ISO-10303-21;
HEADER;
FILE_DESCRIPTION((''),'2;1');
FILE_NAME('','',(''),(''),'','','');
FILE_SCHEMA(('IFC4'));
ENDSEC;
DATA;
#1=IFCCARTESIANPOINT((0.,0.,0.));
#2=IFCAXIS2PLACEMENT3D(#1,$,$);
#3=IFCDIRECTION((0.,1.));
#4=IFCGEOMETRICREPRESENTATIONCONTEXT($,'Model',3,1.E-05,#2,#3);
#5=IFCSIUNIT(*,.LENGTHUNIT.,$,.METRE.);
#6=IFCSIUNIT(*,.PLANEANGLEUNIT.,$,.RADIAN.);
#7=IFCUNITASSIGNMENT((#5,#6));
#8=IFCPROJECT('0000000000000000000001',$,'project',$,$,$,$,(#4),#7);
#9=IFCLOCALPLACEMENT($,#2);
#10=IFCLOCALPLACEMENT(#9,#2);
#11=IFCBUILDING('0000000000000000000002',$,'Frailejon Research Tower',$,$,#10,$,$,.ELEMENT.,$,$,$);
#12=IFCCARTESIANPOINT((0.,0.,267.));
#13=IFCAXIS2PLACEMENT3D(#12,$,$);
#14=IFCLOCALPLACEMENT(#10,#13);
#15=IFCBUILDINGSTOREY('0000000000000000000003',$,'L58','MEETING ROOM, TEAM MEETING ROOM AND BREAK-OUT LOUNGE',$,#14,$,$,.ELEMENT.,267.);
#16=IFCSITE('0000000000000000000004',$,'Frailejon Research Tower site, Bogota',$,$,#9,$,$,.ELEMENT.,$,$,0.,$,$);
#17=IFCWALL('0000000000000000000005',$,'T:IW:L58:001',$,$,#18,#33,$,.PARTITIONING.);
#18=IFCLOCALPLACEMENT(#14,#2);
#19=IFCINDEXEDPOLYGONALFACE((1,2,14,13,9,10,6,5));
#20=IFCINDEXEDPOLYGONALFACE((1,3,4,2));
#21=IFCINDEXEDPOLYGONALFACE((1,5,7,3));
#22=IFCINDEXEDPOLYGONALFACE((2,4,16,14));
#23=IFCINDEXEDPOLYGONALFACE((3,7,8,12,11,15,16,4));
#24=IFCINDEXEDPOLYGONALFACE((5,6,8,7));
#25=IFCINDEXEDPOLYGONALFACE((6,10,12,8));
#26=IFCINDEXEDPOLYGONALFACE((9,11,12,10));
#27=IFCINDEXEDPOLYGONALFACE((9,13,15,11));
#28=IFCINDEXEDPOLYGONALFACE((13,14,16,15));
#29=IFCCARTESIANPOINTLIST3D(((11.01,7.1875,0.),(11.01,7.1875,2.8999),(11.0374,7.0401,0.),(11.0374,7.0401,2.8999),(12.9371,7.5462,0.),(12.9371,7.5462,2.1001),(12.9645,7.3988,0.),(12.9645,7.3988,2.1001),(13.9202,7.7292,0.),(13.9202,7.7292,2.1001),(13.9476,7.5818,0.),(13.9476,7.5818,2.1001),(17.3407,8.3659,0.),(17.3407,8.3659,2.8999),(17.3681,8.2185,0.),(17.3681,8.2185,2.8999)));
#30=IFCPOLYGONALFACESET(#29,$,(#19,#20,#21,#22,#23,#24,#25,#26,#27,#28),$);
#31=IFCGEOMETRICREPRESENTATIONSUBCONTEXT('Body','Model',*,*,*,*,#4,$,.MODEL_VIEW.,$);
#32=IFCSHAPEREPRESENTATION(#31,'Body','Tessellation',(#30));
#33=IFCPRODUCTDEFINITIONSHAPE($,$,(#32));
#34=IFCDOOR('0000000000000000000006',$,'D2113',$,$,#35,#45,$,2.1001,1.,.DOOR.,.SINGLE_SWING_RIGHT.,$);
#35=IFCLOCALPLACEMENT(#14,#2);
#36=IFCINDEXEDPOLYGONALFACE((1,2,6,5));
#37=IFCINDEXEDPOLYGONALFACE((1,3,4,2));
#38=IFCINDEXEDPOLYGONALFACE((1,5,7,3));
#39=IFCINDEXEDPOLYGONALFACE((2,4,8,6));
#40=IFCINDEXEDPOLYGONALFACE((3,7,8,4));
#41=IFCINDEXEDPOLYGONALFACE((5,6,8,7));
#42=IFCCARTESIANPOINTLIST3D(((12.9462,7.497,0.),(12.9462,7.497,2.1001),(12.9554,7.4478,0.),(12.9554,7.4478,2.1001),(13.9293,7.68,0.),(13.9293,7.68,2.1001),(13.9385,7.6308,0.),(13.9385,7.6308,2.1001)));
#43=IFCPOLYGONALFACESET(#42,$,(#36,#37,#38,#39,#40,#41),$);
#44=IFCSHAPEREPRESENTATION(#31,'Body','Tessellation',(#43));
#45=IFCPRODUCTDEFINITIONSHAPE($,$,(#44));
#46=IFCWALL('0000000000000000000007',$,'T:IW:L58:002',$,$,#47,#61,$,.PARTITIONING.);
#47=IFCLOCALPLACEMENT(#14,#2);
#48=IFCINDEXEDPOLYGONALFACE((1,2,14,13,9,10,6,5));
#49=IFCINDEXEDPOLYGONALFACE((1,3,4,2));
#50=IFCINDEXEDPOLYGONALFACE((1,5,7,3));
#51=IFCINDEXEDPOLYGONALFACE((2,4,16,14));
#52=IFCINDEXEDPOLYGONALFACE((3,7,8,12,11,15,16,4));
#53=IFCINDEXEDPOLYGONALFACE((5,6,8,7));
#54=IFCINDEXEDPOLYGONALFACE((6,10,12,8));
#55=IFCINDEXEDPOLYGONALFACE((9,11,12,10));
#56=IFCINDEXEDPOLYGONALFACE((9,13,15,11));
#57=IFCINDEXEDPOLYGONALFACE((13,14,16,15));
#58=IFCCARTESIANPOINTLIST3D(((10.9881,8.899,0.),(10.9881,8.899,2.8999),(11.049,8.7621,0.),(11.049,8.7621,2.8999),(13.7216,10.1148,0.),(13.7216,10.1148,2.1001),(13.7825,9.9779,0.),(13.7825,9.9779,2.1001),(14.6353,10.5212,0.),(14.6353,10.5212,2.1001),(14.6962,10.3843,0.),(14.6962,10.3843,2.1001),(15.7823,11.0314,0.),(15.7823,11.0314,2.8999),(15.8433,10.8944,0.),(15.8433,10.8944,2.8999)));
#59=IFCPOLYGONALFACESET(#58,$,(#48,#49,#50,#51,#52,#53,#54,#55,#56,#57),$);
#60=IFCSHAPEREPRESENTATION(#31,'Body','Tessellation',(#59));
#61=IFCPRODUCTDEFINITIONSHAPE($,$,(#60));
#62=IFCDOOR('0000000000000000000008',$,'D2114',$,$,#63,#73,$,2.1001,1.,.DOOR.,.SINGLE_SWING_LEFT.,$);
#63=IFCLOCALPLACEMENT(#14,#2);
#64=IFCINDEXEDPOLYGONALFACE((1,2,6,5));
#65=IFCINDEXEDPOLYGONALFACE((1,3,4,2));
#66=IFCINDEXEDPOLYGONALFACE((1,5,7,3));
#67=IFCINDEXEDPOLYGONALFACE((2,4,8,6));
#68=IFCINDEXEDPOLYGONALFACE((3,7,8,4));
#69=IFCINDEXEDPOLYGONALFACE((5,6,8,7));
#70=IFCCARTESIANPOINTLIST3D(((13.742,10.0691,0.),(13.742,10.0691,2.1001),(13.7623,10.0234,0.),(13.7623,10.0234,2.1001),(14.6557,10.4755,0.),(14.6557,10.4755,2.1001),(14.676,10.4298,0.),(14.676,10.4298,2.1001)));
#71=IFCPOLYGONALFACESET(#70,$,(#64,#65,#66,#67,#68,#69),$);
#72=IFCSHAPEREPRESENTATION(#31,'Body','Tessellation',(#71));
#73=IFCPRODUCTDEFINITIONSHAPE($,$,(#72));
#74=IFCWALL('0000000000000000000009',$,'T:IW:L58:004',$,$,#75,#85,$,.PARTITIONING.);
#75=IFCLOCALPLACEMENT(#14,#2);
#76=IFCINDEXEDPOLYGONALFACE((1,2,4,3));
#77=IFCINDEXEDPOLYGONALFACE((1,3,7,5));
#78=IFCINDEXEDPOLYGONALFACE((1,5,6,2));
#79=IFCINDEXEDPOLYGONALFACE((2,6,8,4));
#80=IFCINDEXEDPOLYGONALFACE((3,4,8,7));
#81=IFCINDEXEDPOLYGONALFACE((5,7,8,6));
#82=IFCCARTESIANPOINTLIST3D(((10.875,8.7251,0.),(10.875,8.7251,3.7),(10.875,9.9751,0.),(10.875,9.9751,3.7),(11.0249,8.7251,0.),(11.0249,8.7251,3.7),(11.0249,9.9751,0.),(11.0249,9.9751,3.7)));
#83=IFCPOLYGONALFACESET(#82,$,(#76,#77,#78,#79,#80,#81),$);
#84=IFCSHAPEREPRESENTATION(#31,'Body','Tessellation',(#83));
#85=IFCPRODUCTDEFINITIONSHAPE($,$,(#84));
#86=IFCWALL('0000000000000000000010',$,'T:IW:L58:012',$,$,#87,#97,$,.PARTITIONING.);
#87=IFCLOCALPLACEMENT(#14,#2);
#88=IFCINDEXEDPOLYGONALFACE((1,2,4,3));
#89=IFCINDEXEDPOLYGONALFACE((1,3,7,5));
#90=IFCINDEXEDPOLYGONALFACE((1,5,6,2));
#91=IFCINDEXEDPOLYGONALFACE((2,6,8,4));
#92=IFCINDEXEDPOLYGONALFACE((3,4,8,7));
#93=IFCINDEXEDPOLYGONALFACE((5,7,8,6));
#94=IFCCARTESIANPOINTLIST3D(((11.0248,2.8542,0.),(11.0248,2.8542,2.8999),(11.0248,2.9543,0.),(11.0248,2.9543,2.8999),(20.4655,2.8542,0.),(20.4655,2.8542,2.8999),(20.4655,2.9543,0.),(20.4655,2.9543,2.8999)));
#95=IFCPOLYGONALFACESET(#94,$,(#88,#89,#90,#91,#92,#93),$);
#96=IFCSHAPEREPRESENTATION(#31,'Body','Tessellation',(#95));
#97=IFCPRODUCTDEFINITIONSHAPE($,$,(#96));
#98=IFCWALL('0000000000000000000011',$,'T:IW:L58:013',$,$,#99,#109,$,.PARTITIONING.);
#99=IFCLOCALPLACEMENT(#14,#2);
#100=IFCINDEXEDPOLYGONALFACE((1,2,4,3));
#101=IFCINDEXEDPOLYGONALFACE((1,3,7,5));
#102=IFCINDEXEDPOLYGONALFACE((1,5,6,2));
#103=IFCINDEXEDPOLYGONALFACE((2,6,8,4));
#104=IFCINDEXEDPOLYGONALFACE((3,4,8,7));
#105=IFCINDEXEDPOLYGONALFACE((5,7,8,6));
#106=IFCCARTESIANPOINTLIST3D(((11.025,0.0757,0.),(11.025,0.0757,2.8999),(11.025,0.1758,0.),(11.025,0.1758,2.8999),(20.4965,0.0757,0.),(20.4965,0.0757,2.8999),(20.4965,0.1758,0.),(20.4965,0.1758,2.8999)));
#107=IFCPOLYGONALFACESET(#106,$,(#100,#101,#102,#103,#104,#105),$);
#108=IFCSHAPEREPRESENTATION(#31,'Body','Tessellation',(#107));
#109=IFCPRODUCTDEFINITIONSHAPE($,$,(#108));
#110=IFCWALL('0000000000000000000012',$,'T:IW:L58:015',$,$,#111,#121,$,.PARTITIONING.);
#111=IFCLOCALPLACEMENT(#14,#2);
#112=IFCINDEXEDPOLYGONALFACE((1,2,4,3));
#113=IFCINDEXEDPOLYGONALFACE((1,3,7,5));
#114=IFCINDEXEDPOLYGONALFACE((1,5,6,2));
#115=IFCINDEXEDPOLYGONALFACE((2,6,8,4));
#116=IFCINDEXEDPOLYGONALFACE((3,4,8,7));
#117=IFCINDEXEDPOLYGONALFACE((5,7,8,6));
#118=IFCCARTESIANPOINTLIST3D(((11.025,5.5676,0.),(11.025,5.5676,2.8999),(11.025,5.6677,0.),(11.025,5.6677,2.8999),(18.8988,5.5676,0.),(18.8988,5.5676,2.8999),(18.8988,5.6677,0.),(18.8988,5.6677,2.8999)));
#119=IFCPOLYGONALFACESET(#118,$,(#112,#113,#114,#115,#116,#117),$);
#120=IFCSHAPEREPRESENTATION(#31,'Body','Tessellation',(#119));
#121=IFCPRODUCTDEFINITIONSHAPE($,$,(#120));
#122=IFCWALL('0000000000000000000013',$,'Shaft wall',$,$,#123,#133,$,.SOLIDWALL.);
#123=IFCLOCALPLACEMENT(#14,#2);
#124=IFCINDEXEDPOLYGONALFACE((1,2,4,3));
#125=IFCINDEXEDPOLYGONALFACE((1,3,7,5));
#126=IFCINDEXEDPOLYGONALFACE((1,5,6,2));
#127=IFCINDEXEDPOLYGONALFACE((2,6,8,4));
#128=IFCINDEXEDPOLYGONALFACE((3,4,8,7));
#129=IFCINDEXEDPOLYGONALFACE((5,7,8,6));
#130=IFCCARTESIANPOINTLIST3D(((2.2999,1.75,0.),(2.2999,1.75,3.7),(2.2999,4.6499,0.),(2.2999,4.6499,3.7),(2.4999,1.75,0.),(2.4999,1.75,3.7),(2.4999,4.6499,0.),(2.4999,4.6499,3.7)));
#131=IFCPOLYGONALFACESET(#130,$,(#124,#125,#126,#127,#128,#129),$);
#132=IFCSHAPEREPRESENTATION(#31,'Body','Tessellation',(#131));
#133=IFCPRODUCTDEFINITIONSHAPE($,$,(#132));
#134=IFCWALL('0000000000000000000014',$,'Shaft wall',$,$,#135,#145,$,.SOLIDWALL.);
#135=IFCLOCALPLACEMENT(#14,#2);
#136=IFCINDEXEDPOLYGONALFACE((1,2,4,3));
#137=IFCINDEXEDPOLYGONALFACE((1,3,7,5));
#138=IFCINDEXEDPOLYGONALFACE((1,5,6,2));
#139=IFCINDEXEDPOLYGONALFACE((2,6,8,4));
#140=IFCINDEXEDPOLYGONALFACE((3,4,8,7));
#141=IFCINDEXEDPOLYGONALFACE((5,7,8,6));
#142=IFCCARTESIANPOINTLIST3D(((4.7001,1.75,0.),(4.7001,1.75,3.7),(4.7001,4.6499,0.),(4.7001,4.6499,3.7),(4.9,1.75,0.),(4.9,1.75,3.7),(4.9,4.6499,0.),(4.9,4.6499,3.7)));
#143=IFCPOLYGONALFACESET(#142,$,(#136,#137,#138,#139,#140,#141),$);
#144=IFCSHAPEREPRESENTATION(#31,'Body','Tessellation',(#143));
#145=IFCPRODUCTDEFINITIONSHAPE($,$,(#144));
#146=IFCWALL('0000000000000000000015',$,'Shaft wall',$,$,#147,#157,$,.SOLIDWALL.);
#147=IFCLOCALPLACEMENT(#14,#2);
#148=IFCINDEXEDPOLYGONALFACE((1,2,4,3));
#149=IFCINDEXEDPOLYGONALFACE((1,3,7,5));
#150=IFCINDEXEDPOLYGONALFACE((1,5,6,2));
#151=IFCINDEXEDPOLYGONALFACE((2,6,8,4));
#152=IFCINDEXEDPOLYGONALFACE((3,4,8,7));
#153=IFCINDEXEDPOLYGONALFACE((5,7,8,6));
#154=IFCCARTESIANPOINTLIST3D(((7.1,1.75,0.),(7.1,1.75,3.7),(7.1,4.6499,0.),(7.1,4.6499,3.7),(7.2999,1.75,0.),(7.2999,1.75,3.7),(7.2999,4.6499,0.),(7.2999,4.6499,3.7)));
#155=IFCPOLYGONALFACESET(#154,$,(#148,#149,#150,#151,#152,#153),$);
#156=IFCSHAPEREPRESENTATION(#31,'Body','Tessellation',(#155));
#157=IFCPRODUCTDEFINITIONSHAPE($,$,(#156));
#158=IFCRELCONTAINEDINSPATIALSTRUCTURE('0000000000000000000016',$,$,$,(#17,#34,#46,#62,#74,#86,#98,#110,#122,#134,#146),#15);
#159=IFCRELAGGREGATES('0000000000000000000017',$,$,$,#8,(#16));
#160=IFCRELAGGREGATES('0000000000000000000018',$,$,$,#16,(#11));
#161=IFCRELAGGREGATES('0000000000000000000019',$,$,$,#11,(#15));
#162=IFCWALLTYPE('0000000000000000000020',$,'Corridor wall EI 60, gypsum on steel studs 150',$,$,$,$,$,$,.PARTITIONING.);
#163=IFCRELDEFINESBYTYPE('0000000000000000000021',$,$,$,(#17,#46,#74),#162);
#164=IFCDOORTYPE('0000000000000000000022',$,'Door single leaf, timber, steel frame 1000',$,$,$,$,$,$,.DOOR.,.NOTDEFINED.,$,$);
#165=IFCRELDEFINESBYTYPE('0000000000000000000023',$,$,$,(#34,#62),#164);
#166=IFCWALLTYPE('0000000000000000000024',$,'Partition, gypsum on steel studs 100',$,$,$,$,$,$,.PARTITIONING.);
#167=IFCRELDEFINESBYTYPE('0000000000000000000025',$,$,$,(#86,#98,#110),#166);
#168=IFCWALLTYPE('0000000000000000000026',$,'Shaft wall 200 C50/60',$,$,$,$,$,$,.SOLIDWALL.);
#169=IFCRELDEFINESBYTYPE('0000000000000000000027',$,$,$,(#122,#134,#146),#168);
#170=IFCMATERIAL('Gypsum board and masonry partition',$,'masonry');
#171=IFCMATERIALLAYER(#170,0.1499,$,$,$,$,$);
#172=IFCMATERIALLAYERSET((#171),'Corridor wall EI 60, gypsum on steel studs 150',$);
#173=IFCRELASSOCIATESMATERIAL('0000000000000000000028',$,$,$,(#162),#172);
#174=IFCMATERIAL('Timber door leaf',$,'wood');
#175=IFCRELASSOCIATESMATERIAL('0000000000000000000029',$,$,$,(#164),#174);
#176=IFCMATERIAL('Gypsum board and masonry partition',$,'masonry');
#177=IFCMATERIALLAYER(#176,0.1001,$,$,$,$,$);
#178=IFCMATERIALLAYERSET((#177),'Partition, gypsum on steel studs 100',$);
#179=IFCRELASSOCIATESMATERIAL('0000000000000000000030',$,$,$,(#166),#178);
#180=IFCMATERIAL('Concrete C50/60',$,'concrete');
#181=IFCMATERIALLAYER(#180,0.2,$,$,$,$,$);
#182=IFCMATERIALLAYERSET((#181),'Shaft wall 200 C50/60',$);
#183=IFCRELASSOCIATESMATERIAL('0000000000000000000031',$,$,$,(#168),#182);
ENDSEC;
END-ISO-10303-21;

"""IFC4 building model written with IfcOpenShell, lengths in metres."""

from ifc_helpers import new_model, si_unit, direction, frame, frame_2d, origin, place, context, subcontext, project, spatial, rectangle, extrude, material, layer, layer_set, type_object, element, fill, save


model = new_model("IFC4")

# Units and contexts
model_context = context("Model", 3, precision=1e-05, world=origin(), true_north=direction((0.0, 1.0)))
body_context = subcontext(model_context, "Body", "Model", "MODEL_VIEW")
ifc_project = project(units=[si_unit("LENGTHUNIT", "METRE"), si_unit("PLANEANGLEUNIT", "RADIAN")], contexts=[model_context])

# Site, building, storey
site_placement = place(None, origin())
site = spatial("IfcSite", under=ifc_project, at=site_placement, Name="Frailejon Research Tower site, Bogota", CompositionType="ELEMENT", RefElevation=0.0)
building_placement = place(site_placement, origin())
building = spatial("IfcBuilding", under=site, at=building_placement, Name="Frailejon Research Tower", CompositionType="ELEMENT")
storey_placement = place(building_placement, frame((0.0, 0.0, 267.0)))
storey = spatial("IfcBuildingStorey", under=building, at=storey_placement, Name="L58", Description="MEETING ROOM, TEAM MEETING ROOM AND BREAK-OUT LOUNGE", CompositionType="ELEMENT", Elevation=267.0)

# Walls, openings, doors
ifc_material_1 = material(Name="Gypsum board and masonry partition", Category="masonry")
ifc_layer_1 = layer(ifc_material_1, 0.1499)
ifc_layer_set_1 = layer_set([ifc_layer_1], Name="Corridor wall EI 60, gypsum on steel studs 150")
wall_type_1 = type_object("IfcWallType", Name="Corridor wall EI 60, gypsum on steel studs 150", PredefinedType="PARTITIONING", material=ifc_layer_set_1)
wall_1_placement = place(storey_placement, frame((11.0237, 7.1138, 0.0), z_axis=(0.0, 0.0, 1.0), x_axis=(0.983112, 0.183004, 0.0)))
wall_1 = element("IfcWall", 1, at=wall_1_placement, inside=storey, type_object=wall_type_1, Name="T:IW:L58:001", PredefinedType="PARTITIONING", context=body_context, shape_type="SweptSolid", body=[
    extrude(rectangle(XDim=6.4395, YDim=0.1499, at=frame_2d((3.2197, 0.0))), origin(), (0.0, 0.0, 1.0), 2.8999),
])
opening_1_placement = place(wall_1_placement, frame((1.9602, 0.0, 0.0)))
opening_1 = element("IfcOpeningElement", 2, at=opening_1_placement, cuts=wall_1, PredefinedType="OPENING", context=body_context, shape_type="SweptSolid", body=[
    extrude(rectangle(XDim=1.0, YDim=2.1001, at=frame_2d((0.5, 1.05))), frame((0.0, 0.085, 0.0), z_axis=(0.0, -1.0, 0.0), x_axis=(1.0, 0.0, 0.0)), (0.0, 0.0, 1.0), 0.1699),
])
ifc_material_2 = material(Name="Timber door leaf", Category="wood")
door_type_1 = type_object("IfcDoorType", Name="Door single leaf, timber, steel frame 1000", OperationType="NOTDEFINED", PredefinedType="DOOR", material=ifc_material_2)
door_1_placement = place(opening_1_placement, origin())
door_1 = element("IfcDoor", 3, at=door_1_placement, inside=storey, type_object=door_type_1, Name="D2113", OperationType="SINGLE_SWING_RIGHT", OverallHeight=2.1001, OverallWidth=1.0, PredefinedType="DOOR", context=body_context, shape_type="SweptSolid", body=[
    extrude(rectangle(XDim=1.0, YDim=2.1001, at=frame_2d((0.5, 1.05))), frame((0.0, 0.0249, 0.0), z_axis=(0.0, -1.0, 0.0), x_axis=(1.0, 0.0, 0.0)), (0.0, 0.0, 1.0), 0.05),
])
fill(opening_1, door_1)
wall_2_placement = place(storey_placement, frame((11.0186, 8.8306, 0.0), z_axis=(0.0, 0.0, 1.0), x_axis=(0.9137, 0.406389, 0.0)))
wall_2 = element("IfcWall", 4, at=wall_2_placement, inside=storey, type_object=wall_type_1, Name="T:IW:L58:002", PredefinedType="PARTITIONING", context=body_context, shape_type="SweptSolid", body=[
    extrude(rectangle(XDim=5.2471, YDim=0.1499, at=frame_2d((2.6235, 0.0))), origin(), (0.0, 0.0, 1.0), 2.8999),
])
opening_2_placement = place(wall_2_placement, frame((2.9917, 0.0, 0.0)))
opening_2 = element("IfcOpeningElement", 5, at=opening_2_placement, cuts=wall_2, PredefinedType="OPENING", context=body_context, shape_type="SweptSolid", body=[
    extrude(rectangle(XDim=1.0, YDim=2.1001, at=frame_2d((0.5, 1.05))), frame((0.0, 0.085, 0.0), z_axis=(0.0, -1.0, 0.0), x_axis=(1.0, 0.0, 0.0)), (0.0, 0.0, 1.0), 0.1699),
])
door_2_placement = place(opening_2_placement, origin())
door_2 = element("IfcDoor", 6, at=door_2_placement, inside=storey, type_object=door_type_1, Name="D2114", OperationType="SINGLE_SWING_LEFT", OverallHeight=2.1001, OverallWidth=1.0, PredefinedType="DOOR", context=body_context, shape_type="SweptSolid", body=[
    extrude(rectangle(XDim=1.0, YDim=2.1001, at=frame_2d((0.5, 1.05))), frame((0.0, 0.0249, 0.0), z_axis=(0.0, -1.0, 0.0), x_axis=(1.0, 0.0, 0.0)), (0.0, 0.0, 1.0), 0.05),
])
fill(opening_2, door_2)

# Walls
wall_3_placement = place(storey_placement, frame((10.95, 8.7251, 0.0), z_axis=(0.0, 0.0, 1.0), x_axis=(0.0, 1.0, 0.0)))
element("IfcWall", 7, at=wall_3_placement, inside=storey, type_object=wall_type_1, Name="T:IW:L58:004", PredefinedType="PARTITIONING", context=body_context, shape_type="SweptSolid", body=[
    extrude(rectangle(XDim=1.25, YDim=0.1499, at=frame_2d((0.625, 0.0))), origin(), (0.0, 0.0, 1.0), 3.7),
])
ifc_material_3 = material(Name="Gypsum board and masonry partition", Category="masonry")
ifc_layer_2 = layer(ifc_material_3, 0.1001)
ifc_layer_set_2 = layer_set([ifc_layer_2], Name="Partition, gypsum on steel studs 100")
wall_type_2 = type_object("IfcWallType", Name="Partition, gypsum on steel studs 100", PredefinedType="PARTITIONING", material=ifc_layer_set_2)
wall_4_placement = place(storey_placement, frame((11.0249, 2.9043, 0.0), z_axis=(0.0, 0.0, 1.0), x_axis=(1.0, 0.0, 0.0)))
element("IfcWall", 8, at=wall_4_placement, inside=storey, type_object=wall_type_2, Name="T:IW:L58:012", PredefinedType="PARTITIONING", context=body_context, shape_type="SweptSolid", body=[
    extrude(rectangle(XDim=9.4407, YDim=0.1001, at=frame_2d((4.7202, 0.0))), origin(), (0.0, 0.0, 1.0), 2.8999),
])
wall_5_placement = place(storey_placement, frame((11.0249, 0.1257, 0.0), z_axis=(0.0, 0.0, 1.0), x_axis=(1.0, 0.0, 0.0)))
element("IfcWall", 9, at=wall_5_placement, inside=storey, type_object=wall_type_2, Name="T:IW:L58:013", PredefinedType="PARTITIONING", context=body_context, shape_type="SweptSolid", body=[
    extrude(rectangle(XDim=9.4714, YDim=0.1001, at=frame_2d((4.7358, 0.0))), origin(), (0.0, 0.0, 1.0), 2.8999),
])
wall_6_placement = place(storey_placement, frame((11.0249, 5.6177, 0.0), z_axis=(0.0, 0.0, 1.0), x_axis=(1.0, 0.0, 0.0)))
element("IfcWall", 10, at=wall_6_placement, inside=storey, type_object=wall_type_2, Name="T:IW:L58:015", PredefinedType="PARTITIONING", context=body_context, shape_type="SweptSolid", body=[
    extrude(rectangle(XDim=7.8738, YDim=0.1001, at=frame_2d((3.937, 0.0))), origin(), (0.0, 0.0, 1.0), 2.8999),
])
ifc_material_4 = material(Name="Concrete C50/60", Category="concrete")
ifc_layer_3 = layer(ifc_material_4, 0.2)
ifc_layer_set_3 = layer_set([ifc_layer_3], Name="Shaft wall 200 C50/60")
wall_type_3 = type_object("IfcWallType", Name="Shaft wall 200 C50/60", PredefinedType="SOLIDWALL", material=ifc_layer_set_3)
for number, where, z_axis, x_axis, name in (
    (11, (2.3999, 1.75, 0.0), (0.0, 0.0, 1.0), (0.0, 1.0, 0.0), "Shaft wall"),
    (12, (4.8, 1.75, 0.0), (0.0, 0.0, 1.0), (0.0, 1.0, 0.0), "Shaft wall"),
    (13, (7.2, 1.75, 0.0), (0.0, 0.0, 1.0), (0.0, 1.0, 0.0), "Shaft wall"),
):
    element("IfcWall", number, at=place(storey_placement, frame(where, z_axis=z_axis, x_axis=x_axis)), inside=storey, type_object=wall_type_3, Name=name, PredefinedType="SOLIDWALL", context=body_context, shape_type="SweptSolid", body=[
        extrude(rectangle(XDim=2.8999, YDim=0.2, at=frame_2d((1.45, 0.0))), origin(), (0.0, 0.0, 1.0), 3.7),
    ])

save(model, "model.ifc")
